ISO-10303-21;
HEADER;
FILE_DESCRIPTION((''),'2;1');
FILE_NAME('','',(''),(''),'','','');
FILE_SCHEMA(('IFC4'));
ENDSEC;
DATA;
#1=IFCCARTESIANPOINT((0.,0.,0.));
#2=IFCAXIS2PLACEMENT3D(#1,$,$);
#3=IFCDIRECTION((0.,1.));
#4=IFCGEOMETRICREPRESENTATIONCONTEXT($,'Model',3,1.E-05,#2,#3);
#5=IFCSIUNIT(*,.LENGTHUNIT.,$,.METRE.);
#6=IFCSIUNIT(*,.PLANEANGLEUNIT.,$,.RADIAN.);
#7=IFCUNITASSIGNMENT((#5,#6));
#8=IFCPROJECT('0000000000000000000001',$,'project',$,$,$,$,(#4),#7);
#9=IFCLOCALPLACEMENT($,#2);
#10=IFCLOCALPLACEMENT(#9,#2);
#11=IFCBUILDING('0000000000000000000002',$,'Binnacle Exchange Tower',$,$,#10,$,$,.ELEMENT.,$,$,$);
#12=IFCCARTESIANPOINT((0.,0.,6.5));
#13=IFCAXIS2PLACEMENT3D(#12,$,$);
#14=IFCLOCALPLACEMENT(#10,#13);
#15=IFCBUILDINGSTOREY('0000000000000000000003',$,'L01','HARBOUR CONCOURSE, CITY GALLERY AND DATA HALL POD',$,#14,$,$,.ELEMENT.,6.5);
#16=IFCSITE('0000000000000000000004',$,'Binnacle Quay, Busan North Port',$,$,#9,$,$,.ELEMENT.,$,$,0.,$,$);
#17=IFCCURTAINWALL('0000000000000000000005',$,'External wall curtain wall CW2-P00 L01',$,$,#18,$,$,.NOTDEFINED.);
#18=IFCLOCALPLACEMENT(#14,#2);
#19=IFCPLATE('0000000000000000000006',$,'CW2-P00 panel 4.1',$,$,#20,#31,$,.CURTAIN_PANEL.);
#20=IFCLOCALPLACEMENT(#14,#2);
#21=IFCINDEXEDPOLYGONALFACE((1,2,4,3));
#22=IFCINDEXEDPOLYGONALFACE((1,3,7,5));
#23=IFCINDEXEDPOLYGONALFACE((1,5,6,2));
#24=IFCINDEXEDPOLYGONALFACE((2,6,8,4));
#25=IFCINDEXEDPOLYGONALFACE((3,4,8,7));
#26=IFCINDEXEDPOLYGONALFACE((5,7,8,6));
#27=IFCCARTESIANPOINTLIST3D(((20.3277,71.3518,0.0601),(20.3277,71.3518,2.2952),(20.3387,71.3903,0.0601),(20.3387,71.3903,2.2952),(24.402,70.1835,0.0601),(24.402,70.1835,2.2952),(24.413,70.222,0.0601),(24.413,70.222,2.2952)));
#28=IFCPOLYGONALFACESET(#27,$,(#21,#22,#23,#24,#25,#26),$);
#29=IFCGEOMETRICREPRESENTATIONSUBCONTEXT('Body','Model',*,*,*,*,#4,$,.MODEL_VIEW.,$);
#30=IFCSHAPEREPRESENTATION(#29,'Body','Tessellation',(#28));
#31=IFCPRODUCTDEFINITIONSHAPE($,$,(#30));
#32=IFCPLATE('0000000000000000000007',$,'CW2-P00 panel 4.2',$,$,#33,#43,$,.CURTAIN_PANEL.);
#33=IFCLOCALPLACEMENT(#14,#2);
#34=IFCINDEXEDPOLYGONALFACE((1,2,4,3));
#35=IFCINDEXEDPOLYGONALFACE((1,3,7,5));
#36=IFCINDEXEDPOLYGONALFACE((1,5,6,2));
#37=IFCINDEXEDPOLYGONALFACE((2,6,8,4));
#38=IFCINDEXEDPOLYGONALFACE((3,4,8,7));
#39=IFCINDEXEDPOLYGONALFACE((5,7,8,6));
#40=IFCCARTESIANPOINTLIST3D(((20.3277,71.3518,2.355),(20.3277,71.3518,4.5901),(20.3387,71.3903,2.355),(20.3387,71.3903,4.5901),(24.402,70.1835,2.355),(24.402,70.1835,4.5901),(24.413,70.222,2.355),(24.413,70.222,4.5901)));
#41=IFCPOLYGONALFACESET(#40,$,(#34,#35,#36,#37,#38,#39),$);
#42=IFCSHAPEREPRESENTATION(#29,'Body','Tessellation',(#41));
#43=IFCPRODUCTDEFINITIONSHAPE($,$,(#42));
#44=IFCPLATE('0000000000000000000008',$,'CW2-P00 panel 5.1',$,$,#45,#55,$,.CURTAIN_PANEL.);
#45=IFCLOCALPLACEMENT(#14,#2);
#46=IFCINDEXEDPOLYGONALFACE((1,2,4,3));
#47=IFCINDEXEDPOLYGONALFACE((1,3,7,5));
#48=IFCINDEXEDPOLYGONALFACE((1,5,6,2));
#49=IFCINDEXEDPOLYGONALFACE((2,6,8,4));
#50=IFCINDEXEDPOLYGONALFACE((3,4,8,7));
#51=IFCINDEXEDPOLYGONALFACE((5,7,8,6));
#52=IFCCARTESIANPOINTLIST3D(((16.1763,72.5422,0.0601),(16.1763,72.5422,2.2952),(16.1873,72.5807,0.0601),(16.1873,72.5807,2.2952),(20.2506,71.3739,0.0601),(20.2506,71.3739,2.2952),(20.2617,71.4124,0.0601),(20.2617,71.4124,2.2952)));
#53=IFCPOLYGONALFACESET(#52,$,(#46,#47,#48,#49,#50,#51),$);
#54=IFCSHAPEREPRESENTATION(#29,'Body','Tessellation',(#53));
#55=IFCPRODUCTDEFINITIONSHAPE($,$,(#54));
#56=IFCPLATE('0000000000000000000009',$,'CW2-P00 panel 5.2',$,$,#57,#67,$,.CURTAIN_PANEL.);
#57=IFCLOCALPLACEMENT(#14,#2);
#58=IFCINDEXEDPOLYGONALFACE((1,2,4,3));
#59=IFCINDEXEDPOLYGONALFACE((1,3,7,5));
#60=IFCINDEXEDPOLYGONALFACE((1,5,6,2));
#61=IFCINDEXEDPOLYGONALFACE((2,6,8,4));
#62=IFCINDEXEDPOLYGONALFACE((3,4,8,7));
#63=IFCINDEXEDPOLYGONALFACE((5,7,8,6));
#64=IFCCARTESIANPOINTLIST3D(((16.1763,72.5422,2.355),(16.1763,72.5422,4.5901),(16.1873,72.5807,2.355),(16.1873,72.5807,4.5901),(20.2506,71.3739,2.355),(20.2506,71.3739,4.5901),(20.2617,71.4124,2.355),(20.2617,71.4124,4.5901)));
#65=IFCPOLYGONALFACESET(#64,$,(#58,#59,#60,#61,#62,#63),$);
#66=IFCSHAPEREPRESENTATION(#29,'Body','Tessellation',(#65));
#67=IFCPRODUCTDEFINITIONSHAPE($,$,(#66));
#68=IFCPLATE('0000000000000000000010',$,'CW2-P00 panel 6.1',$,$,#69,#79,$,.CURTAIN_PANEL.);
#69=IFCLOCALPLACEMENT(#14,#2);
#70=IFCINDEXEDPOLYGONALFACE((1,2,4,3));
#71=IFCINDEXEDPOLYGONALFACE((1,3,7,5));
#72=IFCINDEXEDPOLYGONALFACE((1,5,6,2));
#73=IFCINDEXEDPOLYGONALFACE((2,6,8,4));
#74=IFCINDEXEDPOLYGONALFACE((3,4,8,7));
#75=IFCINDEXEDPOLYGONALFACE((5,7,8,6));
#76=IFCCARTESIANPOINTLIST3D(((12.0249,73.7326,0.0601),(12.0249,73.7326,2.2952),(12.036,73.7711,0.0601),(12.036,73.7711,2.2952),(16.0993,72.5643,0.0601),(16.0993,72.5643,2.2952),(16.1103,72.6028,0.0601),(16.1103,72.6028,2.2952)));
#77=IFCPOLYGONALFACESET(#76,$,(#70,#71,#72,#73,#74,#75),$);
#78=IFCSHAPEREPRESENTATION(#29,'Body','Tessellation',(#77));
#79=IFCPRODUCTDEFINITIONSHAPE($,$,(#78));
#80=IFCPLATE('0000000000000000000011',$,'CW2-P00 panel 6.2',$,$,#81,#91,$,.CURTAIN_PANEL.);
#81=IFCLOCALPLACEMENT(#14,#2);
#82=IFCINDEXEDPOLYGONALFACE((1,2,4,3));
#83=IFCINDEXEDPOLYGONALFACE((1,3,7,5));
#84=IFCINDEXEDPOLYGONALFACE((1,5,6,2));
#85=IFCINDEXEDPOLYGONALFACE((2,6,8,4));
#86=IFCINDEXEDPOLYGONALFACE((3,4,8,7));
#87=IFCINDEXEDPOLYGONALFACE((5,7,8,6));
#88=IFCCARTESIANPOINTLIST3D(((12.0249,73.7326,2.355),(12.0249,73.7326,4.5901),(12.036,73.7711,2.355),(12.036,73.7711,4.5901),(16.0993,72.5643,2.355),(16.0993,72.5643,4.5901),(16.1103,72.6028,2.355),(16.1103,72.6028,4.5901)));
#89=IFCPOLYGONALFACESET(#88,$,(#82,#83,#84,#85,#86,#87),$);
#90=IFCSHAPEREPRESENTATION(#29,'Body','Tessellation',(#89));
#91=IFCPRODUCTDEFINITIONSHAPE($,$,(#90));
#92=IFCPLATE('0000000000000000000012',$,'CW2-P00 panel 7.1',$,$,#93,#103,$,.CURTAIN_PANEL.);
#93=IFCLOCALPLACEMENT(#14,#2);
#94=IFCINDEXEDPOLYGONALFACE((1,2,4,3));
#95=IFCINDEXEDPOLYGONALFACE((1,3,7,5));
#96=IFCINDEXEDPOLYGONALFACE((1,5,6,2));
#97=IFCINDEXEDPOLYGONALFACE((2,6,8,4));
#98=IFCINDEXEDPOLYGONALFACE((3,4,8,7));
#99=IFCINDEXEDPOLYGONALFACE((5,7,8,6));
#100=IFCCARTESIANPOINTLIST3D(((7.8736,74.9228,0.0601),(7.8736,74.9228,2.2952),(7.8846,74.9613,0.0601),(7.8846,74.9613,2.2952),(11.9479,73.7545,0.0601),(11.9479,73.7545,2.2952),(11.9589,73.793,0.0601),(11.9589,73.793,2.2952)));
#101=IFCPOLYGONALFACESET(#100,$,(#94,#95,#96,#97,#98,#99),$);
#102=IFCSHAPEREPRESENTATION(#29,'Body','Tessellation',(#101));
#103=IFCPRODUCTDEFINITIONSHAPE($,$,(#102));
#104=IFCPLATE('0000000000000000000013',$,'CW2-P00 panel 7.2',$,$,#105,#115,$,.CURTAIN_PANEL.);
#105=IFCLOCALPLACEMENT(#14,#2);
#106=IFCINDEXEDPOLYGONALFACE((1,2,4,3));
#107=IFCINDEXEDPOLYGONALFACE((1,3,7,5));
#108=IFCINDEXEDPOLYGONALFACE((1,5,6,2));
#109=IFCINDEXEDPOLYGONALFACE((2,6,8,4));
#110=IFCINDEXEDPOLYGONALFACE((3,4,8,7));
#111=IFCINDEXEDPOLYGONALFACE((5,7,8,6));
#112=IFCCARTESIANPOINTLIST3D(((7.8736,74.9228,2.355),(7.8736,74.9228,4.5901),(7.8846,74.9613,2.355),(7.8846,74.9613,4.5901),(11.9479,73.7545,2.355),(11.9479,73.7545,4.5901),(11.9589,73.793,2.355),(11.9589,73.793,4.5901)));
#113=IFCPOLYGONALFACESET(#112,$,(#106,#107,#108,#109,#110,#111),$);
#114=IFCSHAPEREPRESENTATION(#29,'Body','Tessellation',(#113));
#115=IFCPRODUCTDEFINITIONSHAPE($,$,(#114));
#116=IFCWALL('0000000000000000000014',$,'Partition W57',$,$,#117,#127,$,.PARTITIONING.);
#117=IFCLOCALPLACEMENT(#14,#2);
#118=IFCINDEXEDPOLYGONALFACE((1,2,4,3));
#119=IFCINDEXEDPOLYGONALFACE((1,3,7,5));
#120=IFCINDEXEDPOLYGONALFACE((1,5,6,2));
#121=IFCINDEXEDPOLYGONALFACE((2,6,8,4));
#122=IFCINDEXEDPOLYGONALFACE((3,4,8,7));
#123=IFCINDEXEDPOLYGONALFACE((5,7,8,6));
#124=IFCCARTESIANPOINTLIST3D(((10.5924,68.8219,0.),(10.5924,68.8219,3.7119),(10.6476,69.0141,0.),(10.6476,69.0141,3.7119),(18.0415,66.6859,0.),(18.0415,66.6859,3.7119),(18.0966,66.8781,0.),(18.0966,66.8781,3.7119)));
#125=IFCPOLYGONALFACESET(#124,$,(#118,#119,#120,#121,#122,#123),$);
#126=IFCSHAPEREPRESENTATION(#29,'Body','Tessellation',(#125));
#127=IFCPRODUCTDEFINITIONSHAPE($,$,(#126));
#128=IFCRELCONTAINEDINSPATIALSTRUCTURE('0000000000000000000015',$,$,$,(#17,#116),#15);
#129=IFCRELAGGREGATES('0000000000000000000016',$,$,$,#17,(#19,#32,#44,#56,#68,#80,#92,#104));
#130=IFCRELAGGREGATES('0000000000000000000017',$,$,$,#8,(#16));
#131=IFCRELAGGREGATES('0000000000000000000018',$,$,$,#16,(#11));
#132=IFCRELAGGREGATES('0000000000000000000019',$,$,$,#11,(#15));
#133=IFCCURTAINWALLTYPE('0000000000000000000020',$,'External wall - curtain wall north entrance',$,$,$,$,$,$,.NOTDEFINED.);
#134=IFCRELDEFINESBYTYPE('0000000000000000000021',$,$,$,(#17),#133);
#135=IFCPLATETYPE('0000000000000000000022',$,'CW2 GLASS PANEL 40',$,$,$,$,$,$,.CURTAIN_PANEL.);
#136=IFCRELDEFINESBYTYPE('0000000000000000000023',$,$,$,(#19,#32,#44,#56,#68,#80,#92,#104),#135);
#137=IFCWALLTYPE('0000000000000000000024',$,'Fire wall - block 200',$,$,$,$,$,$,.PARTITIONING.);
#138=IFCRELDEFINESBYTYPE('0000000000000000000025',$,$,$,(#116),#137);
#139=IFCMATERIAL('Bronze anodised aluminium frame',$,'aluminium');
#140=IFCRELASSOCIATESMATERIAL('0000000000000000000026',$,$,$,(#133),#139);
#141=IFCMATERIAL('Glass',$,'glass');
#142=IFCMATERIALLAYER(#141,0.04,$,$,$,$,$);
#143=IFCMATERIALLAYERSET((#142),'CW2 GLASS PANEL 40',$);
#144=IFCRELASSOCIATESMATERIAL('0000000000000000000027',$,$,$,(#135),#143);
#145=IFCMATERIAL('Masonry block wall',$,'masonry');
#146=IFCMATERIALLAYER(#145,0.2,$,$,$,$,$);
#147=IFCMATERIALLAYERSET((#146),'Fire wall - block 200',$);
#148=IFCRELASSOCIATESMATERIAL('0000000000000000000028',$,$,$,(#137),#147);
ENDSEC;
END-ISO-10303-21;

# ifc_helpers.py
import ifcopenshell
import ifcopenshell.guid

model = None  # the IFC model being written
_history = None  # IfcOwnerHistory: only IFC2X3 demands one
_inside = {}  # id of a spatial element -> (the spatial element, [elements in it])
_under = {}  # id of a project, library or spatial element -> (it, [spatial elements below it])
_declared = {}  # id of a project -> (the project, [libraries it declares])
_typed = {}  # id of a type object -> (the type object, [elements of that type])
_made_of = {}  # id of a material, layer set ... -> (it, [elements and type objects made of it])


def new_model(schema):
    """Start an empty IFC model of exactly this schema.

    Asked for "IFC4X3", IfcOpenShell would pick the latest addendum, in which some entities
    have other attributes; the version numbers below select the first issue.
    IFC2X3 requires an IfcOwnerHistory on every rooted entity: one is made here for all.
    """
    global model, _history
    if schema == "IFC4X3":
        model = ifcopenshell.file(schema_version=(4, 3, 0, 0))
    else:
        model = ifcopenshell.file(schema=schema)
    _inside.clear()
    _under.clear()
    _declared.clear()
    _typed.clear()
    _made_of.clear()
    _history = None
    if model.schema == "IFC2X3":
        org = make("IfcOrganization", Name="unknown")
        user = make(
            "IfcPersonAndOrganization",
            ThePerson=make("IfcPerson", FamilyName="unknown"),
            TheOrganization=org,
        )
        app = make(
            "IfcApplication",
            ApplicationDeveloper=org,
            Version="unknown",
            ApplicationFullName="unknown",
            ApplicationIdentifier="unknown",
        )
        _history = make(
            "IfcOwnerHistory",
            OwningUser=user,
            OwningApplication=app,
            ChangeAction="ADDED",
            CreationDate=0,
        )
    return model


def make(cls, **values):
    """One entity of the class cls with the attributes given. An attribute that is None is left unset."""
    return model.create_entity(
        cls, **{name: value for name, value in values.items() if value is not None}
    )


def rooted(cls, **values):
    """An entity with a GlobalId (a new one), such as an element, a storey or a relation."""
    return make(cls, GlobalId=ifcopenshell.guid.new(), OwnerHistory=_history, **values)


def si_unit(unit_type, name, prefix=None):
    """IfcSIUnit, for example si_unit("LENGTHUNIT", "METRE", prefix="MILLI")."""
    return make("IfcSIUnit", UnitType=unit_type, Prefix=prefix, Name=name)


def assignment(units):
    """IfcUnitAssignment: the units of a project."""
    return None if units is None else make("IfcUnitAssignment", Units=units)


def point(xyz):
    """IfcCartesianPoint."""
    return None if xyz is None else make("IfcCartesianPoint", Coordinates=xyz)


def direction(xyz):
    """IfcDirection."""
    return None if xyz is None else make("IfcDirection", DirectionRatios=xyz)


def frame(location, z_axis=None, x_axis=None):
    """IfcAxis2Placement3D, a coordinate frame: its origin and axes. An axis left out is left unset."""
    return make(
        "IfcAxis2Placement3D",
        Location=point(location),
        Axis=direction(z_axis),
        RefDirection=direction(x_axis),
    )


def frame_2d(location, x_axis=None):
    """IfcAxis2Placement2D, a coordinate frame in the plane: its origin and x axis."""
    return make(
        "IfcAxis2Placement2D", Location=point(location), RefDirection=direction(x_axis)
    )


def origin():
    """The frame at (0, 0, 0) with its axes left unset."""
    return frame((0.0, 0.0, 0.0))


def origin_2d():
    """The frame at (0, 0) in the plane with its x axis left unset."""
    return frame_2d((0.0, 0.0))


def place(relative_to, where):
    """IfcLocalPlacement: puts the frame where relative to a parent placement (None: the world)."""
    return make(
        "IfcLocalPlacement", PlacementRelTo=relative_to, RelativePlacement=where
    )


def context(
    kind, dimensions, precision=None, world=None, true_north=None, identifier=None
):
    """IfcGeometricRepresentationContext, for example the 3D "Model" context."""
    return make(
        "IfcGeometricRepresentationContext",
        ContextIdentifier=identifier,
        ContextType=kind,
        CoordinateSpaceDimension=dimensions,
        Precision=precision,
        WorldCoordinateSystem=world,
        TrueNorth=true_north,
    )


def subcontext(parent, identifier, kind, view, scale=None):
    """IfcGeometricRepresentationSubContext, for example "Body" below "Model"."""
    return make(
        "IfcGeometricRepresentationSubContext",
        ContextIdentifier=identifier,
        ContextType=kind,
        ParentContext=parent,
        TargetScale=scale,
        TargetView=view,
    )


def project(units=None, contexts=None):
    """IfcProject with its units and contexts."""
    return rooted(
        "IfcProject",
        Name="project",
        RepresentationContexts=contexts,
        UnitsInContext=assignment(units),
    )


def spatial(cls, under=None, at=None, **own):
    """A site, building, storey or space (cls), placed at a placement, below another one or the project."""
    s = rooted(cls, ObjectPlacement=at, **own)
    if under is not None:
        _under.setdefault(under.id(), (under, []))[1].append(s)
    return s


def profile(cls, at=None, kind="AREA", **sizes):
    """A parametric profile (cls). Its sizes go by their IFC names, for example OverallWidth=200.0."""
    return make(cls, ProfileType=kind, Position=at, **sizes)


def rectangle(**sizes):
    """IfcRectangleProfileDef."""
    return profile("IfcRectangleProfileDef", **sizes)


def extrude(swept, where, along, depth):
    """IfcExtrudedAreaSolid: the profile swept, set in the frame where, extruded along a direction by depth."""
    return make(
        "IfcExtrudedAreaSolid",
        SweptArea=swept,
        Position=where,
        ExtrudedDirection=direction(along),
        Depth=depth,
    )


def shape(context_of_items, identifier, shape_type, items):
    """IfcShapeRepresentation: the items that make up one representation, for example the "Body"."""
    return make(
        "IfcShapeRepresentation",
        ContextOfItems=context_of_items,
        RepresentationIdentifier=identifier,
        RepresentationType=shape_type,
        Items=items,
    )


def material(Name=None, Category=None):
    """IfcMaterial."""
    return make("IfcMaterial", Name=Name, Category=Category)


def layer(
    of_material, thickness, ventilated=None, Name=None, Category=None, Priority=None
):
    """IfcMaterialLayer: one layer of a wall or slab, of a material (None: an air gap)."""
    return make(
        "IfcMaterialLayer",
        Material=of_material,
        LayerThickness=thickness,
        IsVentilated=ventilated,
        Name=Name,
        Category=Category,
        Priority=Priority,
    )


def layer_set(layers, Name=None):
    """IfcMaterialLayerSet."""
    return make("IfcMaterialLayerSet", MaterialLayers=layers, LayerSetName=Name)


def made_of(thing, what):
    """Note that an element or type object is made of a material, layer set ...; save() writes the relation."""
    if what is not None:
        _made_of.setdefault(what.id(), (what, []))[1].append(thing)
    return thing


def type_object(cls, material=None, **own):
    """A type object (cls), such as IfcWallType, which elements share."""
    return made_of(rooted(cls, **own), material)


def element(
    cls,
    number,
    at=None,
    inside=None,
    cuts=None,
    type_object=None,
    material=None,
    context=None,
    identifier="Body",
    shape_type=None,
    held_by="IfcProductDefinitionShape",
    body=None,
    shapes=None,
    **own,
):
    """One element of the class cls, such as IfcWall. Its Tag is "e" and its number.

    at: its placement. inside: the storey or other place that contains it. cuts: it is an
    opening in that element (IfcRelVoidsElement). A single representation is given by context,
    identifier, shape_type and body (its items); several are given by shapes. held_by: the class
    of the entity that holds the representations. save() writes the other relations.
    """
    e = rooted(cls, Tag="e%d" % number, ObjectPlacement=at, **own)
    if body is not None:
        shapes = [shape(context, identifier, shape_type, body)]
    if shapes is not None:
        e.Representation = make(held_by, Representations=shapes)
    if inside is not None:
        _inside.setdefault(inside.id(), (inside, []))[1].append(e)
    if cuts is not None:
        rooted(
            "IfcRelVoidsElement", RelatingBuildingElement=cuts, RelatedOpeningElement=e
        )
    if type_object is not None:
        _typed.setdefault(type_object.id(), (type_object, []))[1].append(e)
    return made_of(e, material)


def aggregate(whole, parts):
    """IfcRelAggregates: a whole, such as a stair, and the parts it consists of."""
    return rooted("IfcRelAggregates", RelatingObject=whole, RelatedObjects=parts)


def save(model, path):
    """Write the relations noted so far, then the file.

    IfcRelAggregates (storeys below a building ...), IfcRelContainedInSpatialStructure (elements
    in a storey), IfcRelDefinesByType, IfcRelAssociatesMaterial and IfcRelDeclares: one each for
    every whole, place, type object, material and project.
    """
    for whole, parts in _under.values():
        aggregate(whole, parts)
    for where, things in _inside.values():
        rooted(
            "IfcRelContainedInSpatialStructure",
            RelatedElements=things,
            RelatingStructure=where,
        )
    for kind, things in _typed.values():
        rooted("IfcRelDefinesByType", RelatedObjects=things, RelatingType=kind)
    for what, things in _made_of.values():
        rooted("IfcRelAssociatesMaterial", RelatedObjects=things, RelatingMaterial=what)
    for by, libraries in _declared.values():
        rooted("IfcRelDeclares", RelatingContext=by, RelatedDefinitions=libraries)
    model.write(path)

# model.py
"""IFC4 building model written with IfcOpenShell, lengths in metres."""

from ifc_helpers import new_model, si_unit, direction, frame, frame_2d, origin, origin_2d, place, context, subcontext, project, spatial, rectangle, extrude, material, layer, layer_set, type_object, element, aggregate, save


model = new_model("IFC4")

# Units and contexts
model_context = context("Model", 3, precision=1e-05, world=origin(), true_north=direction((0.0, 1.0)))
body_context = subcontext(model_context, "Body", "Model", "MODEL_VIEW")
ifc_project = project(units=[si_unit("LENGTHUNIT", "METRE"), si_unit("PLANEANGLEUNIT", "RADIAN")], contexts=[model_context])

# Site, building, storey
site_placement = place(None, origin())
site = spatial("IfcSite", under=ifc_project, at=site_placement, Name="Binnacle Quay, Busan North Port", CompositionType="ELEMENT", RefElevation=0.0)
building_placement = place(site_placement, origin())
building = spatial("IfcBuilding", under=site, at=building_placement, Name="Binnacle Exchange Tower", CompositionType="ELEMENT")
storey_placement = place(building_placement, frame((0.0, 0.0, 6.5)))
storey = spatial("IfcBuildingStorey", under=building, at=storey_placement, Name="L01", Description="HARBOUR CONCOURSE, CITY GALLERY AND DATA HALL POD", CompositionType="ELEMENT", Elevation=6.5)

# Curtain wall
ifc_material_1 = material(Name="Bronze anodised aluminium frame", Category="aluminium")
curtain_wall_type = type_object("IfcCurtainWallType", Name="External wall - curtain wall north entrance", PredefinedType="NOTDEFINED", material=ifc_material_1)
curtain_wall_placement = place(storey_placement, origin())
curtain_wall = element("IfcCurtainWall", 1, at=curtain_wall_placement, inside=storey, type_object=curtain_wall_type, Name="External wall curtain wall CW2-P00 L01", PredefinedType="NOTDEFINED")

# Plates
ifc_material_2 = material(Name="Glass", Category="glass")
ifc_layer_1 = layer(ifc_material_2, 0.04)
ifc_layer_set_1 = layer_set([ifc_layer_1], Name="CW2 GLASS PANEL 40")
plate_type = type_object("IfcPlateType", Name="CW2 GLASS PANEL 40", PredefinedType="CURTAIN_PANEL", material=ifc_layer_set_1)
plate_1_placement = place(storey_placement, frame((22.3704, 70.7869, 0.0601), z_axis=(0.0, 0.0, 1.0), x_axis=(-0.961262, 0.275637, 0.0)))
plate_1 = element("IfcPlate", 2, at=plate_1_placement, type_object=plate_type, Name="CW2-P00 panel 4.1", PredefinedType="CURTAIN_PANEL", context=body_context, shape_type="SweptSolid", body=[
    extrude(rectangle(XDim=4.2385, YDim=0.04, at=origin_2d()), origin(), (0.0, 0.0, 1.0), 2.2351),
])
plate_2_placement = place(storey_placement, frame((22.3704, 70.7869, 2.355), z_axis=(0.0, 0.0, 1.0), x_axis=(-0.961262, 0.275637, 0.0)))
plate_2 = element("IfcPlate", 3, at=plate_2_placement, type_object=plate_type, Name="CW2-P00 panel 4.2", PredefinedType="CURTAIN_PANEL", context=body_context, shape_type="SweptSolid", body=[
    extrude(rectangle(XDim=4.2385, YDim=0.04, at=origin_2d()), origin(), (0.0, 0.0, 1.0), 2.2351),
])
plate_3_placement = place(storey_placement, frame((18.219, 71.9773, 0.0601), z_axis=(0.0, 0.0, 1.0), x_axis=(-0.961262, 0.275637, 0.0)))
plate_3 = element("IfcPlate", 4, at=plate_3_placement, type_object=plate_type, Name="CW2-P00 panel 5.1", PredefinedType="CURTAIN_PANEL", context=body_context, shape_type="SweptSolid", body=[
    extrude(rectangle(XDim=4.2385, YDim=0.04, at=origin_2d()), origin(), (0.0, 0.0, 1.0), 2.2351),
])
plate_4_placement = place(storey_placement, frame((18.219, 71.9773, 2.355), z_axis=(0.0, 0.0, 1.0), x_axis=(-0.961262, 0.275637, 0.0)))
plate_4 = element("IfcPlate", 5, at=plate_4_placement, type_object=plate_type, Name="CW2-P00 panel 5.2", PredefinedType="CURTAIN_PANEL", context=body_context, shape_type="SweptSolid", body=[
    extrude(rectangle(XDim=4.2385, YDim=0.04, at=origin_2d()), origin(), (0.0, 0.0, 1.0), 2.2351),
])
plate_5_placement = place(storey_placement, frame((14.0676, 73.1677, 0.0601), z_axis=(0.0, 0.0, 1.0), x_axis=(-0.961262, 0.275637, 0.0)))
plate_5 = element("IfcPlate", 6, at=plate_5_placement, type_object=plate_type, Name="CW2-P00 panel 6.1", PredefinedType="CURTAIN_PANEL", context=body_context, shape_type="SweptSolid", body=[
    extrude(rectangle(XDim=4.2385, YDim=0.04, at=origin_2d()), origin(), (0.0, 0.0, 1.0), 2.2351),
])
plate_6_placement = place(storey_placement, frame((14.0676, 73.1677, 2.355), z_axis=(0.0, 0.0, 1.0), x_axis=(-0.961262, 0.275637, 0.0)))
plate_6 = element("IfcPlate", 7, at=plate_6_placement, type_object=plate_type, Name="CW2-P00 panel 6.2", PredefinedType="CURTAIN_PANEL", context=body_context, shape_type="SweptSolid", body=[
    extrude(rectangle(XDim=4.2385, YDim=0.04, at=origin_2d()), origin(), (0.0, 0.0, 1.0), 2.2351),
])
plate_7_placement = place(storey_placement, frame((9.9163, 74.3579, 0.0601), z_axis=(0.0, 0.0, 1.0), x_axis=(-0.961262, 0.275637, 0.0)))
plate_7 = element("IfcPlate", 8, at=plate_7_placement, type_object=plate_type, Name="CW2-P00 panel 7.1", PredefinedType="CURTAIN_PANEL", context=body_context, shape_type="SweptSolid", body=[
    extrude(rectangle(XDim=4.2385, YDim=0.04, at=origin_2d()), origin(), (0.0, 0.0, 1.0), 2.2351),
])
plate_8_placement = place(storey_placement, frame((9.9163, 74.3579, 2.355), z_axis=(0.0, 0.0, 1.0), x_axis=(-0.961262, 0.275637, 0.0)))
plate_8 = element("IfcPlate", 9, at=plate_8_placement, type_object=plate_type, Name="CW2-P00 panel 7.2", PredefinedType="CURTAIN_PANEL", context=body_context, shape_type="SweptSolid", body=[
    extrude(rectangle(XDim=4.2385, YDim=0.04, at=origin_2d()), origin(), (0.0, 0.0, 1.0), 2.2351),
])
aggregate(curtain_wall, [plate_1, plate_2, plate_3, plate_4, plate_5, plate_6, plate_7, plate_8])

# Wall
ifc_material_3 = material(Name="Masonry block wall", Category="masonry")
ifc_layer_2 = layer(ifc_material_3, 0.2)
ifc_layer_set_2 = layer_set([ifc_layer_2], Name="Fire wall - block 200")
wall_type = type_object("IfcWallType", Name="Fire wall - block 200", PredefinedType="PARTITIONING", material=ifc_layer_set_2)
wall_placement = place(storey_placement, frame((10.6201, 68.918, 0.0), z_axis=(0.0, 0.0, 1.0), x_axis=(0.961261, -0.275641, 0.0)))
element("IfcWall", 10, at=wall_placement, inside=storey, type_object=wall_type, Name="Partition W57", PredefinedType="PARTITIONING", context=body_context, shape_type="SweptSolid", body=[
    extrude(rectangle(XDim=7.7493, YDim=0.2, at=frame_2d((3.8745, 0.0))), origin(), (0.0, 0.0, 1.0), 3.7119),
])

save(model, "model.ifc")
